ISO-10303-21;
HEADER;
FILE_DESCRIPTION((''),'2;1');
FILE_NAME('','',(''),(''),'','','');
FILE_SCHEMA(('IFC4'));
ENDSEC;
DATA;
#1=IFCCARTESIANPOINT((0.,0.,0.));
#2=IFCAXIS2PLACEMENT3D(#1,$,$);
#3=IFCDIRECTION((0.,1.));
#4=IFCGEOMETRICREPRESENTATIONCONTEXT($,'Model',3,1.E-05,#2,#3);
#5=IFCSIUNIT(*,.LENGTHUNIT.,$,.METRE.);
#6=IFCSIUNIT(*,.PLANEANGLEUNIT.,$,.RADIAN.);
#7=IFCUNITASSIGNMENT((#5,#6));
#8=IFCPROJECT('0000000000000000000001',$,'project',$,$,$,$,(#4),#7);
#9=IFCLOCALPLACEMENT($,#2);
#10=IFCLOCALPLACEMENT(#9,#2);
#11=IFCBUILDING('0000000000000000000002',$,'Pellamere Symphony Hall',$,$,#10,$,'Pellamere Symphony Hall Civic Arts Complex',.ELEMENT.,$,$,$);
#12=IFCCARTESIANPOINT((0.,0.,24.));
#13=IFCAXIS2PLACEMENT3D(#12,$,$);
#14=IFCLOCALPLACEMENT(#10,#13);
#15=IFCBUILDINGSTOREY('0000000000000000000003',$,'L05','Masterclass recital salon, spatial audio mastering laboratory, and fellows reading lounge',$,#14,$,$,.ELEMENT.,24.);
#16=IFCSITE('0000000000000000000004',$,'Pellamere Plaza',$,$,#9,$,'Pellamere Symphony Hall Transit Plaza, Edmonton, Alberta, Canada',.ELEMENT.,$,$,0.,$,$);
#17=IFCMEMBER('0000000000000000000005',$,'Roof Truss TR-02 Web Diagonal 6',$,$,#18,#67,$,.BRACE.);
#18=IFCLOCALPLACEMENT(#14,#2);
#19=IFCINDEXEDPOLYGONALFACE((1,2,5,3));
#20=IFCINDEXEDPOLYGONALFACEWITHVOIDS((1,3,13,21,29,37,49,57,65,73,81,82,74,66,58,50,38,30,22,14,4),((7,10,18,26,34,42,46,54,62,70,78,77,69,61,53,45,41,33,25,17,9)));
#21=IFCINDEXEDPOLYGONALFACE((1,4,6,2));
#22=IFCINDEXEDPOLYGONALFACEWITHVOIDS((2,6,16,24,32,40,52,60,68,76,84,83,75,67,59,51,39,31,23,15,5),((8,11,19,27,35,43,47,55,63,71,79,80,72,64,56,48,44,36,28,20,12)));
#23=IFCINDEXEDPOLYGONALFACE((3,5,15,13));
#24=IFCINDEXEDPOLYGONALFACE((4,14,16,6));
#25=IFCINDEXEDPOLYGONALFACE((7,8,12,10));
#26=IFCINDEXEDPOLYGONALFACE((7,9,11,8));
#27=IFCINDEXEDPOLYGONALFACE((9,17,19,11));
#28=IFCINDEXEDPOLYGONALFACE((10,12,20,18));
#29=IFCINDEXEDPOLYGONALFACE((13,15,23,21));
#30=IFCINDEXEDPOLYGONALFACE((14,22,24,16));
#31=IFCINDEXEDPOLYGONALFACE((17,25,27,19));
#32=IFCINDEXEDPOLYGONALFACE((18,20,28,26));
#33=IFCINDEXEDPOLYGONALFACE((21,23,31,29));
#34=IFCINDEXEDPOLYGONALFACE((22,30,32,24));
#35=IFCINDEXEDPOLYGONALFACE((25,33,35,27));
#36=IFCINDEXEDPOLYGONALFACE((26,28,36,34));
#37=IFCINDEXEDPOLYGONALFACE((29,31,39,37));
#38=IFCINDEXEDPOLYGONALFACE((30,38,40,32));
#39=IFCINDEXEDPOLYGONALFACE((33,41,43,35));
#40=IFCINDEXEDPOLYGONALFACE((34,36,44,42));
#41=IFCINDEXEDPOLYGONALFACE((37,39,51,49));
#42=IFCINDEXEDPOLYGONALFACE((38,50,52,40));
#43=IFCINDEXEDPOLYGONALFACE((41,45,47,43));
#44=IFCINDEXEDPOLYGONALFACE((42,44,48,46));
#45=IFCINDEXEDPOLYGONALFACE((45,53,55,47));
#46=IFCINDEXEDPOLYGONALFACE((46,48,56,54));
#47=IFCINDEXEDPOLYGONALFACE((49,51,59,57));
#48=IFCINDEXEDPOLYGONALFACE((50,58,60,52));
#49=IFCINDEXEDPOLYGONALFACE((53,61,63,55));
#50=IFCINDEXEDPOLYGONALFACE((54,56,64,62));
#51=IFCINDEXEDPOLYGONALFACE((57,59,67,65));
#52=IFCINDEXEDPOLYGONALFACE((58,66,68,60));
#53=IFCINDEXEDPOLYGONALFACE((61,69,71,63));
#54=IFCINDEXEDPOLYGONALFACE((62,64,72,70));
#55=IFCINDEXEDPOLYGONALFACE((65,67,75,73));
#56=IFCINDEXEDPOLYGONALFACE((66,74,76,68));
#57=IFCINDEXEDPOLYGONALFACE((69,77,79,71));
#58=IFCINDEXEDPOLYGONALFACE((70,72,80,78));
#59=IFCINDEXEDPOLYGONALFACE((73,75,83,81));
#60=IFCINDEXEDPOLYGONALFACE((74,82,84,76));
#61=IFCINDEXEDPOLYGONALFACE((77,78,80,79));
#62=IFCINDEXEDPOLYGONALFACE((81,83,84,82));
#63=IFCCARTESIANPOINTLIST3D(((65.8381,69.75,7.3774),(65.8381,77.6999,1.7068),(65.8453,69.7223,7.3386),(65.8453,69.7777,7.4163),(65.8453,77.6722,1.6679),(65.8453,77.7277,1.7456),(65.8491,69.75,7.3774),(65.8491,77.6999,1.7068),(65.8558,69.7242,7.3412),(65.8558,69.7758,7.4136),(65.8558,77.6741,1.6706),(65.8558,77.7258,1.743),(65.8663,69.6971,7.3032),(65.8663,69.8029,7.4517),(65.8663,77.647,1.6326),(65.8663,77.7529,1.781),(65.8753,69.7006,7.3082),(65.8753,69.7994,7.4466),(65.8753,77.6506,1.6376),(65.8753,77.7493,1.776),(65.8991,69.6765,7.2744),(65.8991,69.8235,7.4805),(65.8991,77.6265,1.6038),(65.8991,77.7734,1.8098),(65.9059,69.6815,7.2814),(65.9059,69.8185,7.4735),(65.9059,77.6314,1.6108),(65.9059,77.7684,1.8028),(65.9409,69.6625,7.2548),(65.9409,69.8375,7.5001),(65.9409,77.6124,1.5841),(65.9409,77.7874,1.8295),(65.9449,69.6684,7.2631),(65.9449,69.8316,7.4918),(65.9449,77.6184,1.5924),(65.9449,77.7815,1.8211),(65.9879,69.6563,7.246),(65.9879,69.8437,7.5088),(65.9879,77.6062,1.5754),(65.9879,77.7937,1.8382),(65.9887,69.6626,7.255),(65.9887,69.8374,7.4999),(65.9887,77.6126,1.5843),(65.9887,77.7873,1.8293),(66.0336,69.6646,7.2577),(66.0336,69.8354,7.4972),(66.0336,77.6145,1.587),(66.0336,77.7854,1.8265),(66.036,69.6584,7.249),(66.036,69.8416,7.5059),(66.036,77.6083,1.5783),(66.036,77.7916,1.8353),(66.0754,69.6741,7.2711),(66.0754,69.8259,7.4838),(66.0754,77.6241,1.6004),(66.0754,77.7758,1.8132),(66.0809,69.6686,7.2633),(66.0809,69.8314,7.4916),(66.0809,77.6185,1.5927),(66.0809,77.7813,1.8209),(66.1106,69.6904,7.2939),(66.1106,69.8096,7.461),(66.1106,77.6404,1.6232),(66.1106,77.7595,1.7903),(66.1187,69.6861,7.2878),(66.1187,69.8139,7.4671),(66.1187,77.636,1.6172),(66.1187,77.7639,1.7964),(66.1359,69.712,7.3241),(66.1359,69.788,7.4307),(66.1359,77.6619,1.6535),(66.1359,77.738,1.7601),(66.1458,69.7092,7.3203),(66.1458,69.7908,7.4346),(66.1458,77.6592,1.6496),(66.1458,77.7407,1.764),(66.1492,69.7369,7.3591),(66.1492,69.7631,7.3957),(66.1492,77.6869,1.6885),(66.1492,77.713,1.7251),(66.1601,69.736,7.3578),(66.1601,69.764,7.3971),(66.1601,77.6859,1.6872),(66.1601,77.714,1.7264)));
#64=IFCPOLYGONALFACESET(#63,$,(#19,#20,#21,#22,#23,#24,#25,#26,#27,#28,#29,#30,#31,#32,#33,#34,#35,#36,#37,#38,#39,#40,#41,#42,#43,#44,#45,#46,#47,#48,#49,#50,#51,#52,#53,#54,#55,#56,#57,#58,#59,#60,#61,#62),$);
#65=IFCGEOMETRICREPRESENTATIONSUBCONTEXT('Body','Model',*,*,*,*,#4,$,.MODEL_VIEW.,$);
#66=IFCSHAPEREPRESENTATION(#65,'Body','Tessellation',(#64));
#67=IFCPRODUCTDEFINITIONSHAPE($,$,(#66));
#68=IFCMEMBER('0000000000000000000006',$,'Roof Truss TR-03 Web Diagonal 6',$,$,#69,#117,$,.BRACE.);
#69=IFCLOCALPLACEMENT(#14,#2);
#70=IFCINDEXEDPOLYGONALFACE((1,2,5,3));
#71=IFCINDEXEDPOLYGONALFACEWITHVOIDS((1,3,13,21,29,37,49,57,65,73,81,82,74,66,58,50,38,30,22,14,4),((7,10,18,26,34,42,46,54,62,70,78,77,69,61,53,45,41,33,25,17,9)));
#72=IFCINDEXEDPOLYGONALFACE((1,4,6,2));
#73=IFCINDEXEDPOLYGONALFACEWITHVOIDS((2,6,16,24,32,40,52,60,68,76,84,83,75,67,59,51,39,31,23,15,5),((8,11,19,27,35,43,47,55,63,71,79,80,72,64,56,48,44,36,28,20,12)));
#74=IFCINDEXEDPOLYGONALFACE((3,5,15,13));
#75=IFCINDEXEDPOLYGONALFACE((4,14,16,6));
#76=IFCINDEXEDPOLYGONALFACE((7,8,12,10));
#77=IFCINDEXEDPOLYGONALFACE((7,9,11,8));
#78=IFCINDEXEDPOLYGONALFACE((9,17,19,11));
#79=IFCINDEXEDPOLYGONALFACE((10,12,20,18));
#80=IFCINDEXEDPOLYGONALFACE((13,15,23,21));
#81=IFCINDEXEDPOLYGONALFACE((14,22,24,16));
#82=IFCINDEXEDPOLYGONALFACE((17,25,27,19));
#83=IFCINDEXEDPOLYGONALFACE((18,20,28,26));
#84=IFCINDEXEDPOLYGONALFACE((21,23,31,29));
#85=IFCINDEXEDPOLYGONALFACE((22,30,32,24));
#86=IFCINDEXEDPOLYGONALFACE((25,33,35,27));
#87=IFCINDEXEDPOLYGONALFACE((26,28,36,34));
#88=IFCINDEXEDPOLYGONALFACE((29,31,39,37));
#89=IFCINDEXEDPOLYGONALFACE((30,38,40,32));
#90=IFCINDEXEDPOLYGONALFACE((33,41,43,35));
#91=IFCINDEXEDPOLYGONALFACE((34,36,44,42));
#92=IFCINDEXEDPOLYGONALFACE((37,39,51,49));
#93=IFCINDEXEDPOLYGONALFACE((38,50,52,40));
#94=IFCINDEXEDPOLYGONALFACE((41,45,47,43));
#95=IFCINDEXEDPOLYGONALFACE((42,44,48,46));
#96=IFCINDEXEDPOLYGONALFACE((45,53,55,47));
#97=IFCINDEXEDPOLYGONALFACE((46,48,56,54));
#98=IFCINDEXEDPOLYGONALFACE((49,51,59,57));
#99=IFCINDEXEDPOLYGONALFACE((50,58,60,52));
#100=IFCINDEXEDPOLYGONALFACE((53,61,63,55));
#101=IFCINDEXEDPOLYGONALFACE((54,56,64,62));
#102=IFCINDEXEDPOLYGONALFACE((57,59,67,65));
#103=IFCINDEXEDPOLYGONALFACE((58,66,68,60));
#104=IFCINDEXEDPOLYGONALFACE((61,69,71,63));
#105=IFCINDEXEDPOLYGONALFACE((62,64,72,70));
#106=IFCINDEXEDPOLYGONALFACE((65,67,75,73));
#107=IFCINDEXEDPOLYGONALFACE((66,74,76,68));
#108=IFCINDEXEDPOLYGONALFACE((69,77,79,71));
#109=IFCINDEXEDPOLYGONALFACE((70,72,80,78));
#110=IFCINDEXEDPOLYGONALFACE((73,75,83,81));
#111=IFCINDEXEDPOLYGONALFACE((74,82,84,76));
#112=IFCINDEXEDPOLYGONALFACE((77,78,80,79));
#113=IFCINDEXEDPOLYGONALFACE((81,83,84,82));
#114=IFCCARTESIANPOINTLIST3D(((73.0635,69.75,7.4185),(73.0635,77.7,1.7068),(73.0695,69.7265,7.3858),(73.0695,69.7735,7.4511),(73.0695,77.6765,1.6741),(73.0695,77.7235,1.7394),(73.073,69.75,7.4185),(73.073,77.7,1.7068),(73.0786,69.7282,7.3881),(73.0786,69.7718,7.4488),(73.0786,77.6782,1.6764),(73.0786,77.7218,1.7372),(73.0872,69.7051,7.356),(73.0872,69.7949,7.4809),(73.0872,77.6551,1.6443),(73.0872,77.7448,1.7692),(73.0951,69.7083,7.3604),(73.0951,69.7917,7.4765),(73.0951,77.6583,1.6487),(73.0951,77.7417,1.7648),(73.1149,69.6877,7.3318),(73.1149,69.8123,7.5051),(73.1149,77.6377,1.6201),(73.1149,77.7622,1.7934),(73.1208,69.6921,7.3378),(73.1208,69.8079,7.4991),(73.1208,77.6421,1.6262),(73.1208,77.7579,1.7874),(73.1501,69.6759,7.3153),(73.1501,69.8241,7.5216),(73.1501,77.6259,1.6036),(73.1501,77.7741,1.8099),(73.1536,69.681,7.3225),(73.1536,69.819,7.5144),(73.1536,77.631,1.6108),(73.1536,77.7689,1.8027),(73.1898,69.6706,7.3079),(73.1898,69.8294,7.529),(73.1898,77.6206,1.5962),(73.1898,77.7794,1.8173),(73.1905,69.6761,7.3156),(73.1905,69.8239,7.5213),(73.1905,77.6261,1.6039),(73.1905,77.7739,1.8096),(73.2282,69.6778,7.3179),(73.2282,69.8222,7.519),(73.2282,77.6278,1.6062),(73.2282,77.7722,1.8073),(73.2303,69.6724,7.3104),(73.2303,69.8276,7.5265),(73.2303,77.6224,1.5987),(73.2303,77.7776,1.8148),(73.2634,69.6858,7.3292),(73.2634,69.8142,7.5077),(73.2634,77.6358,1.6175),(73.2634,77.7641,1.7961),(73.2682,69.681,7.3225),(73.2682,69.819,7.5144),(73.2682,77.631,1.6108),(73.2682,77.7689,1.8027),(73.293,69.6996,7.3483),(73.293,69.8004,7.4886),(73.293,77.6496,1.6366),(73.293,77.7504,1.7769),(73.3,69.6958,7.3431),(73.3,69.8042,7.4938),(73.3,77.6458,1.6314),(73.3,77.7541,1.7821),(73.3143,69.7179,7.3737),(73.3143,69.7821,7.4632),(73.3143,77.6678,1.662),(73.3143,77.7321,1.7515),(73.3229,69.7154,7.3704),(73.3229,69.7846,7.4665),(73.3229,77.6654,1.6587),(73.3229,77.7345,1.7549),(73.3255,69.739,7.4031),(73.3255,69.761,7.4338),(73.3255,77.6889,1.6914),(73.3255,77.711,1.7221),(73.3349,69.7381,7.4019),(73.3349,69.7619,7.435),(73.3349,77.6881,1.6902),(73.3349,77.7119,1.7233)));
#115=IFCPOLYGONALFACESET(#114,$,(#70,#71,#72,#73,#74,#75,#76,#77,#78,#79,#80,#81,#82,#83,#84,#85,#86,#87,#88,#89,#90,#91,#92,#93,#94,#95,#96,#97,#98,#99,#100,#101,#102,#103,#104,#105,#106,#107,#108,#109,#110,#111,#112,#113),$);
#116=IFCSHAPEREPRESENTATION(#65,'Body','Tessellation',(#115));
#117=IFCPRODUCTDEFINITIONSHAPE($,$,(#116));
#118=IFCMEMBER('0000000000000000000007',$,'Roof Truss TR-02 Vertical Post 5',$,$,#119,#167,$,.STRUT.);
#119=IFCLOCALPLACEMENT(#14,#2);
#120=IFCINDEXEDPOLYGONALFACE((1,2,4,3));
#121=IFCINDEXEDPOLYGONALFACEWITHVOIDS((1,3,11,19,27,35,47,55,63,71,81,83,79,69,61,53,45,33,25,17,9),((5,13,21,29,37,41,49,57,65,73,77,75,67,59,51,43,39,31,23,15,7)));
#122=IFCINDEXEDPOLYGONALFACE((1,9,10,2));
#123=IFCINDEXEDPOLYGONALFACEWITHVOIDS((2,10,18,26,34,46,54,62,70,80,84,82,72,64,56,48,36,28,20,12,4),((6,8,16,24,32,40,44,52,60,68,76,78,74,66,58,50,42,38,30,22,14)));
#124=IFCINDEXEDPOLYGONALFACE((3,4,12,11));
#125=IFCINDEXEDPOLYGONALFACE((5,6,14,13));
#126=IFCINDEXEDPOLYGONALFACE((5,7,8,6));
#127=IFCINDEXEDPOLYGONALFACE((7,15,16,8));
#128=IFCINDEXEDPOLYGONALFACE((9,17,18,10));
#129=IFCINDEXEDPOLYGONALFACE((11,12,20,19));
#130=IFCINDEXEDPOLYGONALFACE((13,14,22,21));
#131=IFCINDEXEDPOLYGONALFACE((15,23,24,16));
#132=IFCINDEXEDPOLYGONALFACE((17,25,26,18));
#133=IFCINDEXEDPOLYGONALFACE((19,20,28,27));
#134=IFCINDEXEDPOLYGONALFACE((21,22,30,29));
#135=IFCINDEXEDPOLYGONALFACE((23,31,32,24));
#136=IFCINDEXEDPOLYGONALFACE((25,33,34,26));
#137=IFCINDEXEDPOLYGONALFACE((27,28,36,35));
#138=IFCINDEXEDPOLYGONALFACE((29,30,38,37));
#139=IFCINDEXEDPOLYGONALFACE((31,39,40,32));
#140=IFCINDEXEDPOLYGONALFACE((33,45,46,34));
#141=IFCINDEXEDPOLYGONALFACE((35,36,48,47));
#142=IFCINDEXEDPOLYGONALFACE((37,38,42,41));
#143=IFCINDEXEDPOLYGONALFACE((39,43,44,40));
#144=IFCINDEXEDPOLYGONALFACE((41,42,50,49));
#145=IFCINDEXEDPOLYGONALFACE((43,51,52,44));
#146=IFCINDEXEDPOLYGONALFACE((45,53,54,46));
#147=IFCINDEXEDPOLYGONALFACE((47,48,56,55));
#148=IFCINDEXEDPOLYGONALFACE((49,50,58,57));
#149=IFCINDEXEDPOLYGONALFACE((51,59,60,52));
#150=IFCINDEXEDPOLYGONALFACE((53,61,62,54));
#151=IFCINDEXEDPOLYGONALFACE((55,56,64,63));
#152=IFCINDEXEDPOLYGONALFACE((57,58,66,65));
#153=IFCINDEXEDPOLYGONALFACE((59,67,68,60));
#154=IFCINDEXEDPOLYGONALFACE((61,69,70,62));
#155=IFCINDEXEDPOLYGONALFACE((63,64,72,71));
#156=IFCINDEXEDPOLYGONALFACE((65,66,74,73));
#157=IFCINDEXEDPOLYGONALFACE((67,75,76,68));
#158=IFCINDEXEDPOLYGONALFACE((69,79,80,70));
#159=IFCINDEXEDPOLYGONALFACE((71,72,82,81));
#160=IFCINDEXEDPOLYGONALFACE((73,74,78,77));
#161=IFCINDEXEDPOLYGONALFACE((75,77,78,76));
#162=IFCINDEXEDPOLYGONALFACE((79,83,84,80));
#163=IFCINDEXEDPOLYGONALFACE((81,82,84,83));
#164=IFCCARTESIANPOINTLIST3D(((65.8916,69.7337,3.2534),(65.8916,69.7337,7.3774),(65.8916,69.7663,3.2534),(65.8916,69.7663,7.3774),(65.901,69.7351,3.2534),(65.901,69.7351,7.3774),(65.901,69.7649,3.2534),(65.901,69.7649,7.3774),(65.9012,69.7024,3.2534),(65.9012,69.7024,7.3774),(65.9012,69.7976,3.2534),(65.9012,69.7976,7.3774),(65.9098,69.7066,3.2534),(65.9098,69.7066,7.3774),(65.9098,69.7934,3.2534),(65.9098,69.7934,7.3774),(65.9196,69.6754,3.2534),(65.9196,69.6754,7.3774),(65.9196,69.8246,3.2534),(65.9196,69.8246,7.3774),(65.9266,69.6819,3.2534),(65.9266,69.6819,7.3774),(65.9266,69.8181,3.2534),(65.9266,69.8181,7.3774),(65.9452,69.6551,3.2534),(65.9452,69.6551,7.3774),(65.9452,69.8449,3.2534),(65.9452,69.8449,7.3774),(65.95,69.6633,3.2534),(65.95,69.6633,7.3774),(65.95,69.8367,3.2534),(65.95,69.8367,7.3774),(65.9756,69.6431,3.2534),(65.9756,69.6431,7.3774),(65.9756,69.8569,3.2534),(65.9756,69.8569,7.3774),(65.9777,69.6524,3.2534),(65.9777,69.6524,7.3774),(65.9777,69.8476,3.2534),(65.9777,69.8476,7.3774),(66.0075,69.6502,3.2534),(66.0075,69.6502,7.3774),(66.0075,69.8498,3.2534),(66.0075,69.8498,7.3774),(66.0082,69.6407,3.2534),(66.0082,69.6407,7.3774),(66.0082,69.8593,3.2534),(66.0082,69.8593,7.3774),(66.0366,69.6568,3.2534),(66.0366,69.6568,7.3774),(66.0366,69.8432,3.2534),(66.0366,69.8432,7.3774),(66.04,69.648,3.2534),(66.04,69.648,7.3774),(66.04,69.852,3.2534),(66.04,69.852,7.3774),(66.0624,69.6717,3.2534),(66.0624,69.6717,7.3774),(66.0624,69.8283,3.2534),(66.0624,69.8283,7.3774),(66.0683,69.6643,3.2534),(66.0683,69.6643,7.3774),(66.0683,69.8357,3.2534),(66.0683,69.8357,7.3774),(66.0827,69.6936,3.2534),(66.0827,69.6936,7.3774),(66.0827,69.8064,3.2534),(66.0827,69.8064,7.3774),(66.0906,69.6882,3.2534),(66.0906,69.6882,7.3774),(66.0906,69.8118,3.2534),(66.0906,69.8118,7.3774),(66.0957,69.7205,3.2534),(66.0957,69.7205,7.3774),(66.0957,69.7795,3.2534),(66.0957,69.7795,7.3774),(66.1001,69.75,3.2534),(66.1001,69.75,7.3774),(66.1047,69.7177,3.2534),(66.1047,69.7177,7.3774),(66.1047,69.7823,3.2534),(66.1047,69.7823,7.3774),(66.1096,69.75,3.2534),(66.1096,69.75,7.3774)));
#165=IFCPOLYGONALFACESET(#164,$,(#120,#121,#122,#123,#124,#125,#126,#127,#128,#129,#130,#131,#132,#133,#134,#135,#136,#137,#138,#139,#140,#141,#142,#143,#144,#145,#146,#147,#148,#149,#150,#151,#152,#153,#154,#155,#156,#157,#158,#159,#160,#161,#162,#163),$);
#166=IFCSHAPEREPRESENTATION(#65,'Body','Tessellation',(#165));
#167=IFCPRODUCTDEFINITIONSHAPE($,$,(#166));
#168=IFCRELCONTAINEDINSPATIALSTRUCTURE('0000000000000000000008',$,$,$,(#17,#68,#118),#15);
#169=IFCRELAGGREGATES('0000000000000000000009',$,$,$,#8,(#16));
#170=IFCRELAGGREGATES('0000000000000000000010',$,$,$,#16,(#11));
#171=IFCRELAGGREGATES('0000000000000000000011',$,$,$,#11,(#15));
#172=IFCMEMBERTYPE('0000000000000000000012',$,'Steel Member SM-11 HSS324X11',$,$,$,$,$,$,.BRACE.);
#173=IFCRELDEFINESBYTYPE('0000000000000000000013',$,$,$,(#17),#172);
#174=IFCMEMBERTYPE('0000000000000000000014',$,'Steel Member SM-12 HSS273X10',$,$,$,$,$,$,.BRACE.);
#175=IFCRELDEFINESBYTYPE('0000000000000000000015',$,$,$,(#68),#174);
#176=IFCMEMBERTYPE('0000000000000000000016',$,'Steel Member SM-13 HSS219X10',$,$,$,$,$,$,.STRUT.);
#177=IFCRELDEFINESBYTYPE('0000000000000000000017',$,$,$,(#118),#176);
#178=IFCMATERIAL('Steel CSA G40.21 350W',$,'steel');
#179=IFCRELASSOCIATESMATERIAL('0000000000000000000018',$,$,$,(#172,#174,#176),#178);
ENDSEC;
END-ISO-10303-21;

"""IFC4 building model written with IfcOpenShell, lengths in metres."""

from ifc_helpers import new_model, si_unit, direction, frame, origin, origin_2d, place, context, subcontext, project, spatial, hollow_circle, extrude, material, material_profile, profile_set, type_object, element, save


model = new_model("IFC4")

# Units and contexts
model_context = context("Model", 3, precision=1e-05, world=origin(), true_north=direction((0.0, 1.0)))
body_context = subcontext(model_context, "Body", "Model", "MODEL_VIEW")
ifc_project = project(units=[si_unit("LENGTHUNIT", "METRE"), si_unit("PLANEANGLEUNIT", "RADIAN")], contexts=[model_context])

# Site, building, storey
site_placement = place(None, origin())
site = spatial("IfcSite", under=ifc_project, at=site_placement, Name="Pellamere Plaza", LongName="Pellamere Symphony Hall Transit Plaza, Edmonton, Alberta, Canada", CompositionType="ELEMENT", RefElevation=0.0)
building_placement = place(site_placement, origin())
building = spatial("IfcBuilding", under=site, at=building_placement, Name="Pellamere Symphony Hall", LongName="Pellamere Symphony Hall Civic Arts Complex", CompositionType="ELEMENT")
storey_placement = place(building_placement, frame((0.0, 0.0, 24.0)))
storey = spatial("IfcBuildingStorey", under=building, at=storey_placement, Name="L05", Description="Masterclass recital salon, spatial audio mastering laboratory, and fellows reading lounge", CompositionType="ELEMENT", Elevation=24.0)

# Shared definitions
ifc_material_1 = material(Name="Steel CSA G40.21 350W", Category="steel")

# Members
ifc_material_profile_1 = material_profile(ifc_material_1, hollow_circle(Radius=0.1619, WallThickness=0.011, at=origin_2d()), Name="HSS324X11")
ifc_profile_set_1 = profile_set([ifc_material_profile_1], Name="Steel CSA G40.21 350W")
member_type_1 = type_object("IfcMemberType", Name="Steel Member SM-11 HSS324X11", PredefinedType="BRACE", material=ifc_profile_set_1)
member_1_placement = place(storey_placement, frame((66.0, 69.75, 7.3774), z_axis=(0.0, 0.814115, -0.580704), x_axis=(-1.0, 0.0, 0.0)))
element("IfcMember", 1, at=member_1_placement, inside=storey, type_object=member_type_1, Name="Roof Truss TR-02 Web Diagonal 6", PredefinedType="BRACE", context=body_context, shape_type="SweptSolid", body=[
    extrude(hollow_circle(Radius=0.1619, WallThickness=0.011, at=origin_2d()), origin(), (0.0, 0.0, 1.0), 9.7651),
])
ifc_material_profile_2 = material_profile(ifc_material_1, hollow_circle(Radius=0.1365, WallThickness=0.0095, at=origin_2d()), Name="HSS273X10")
ifc_profile_set_2 = profile_set([ifc_material_profile_2], Name="Steel CSA G40.21 350W")
member_type_2 = type_object("IfcMemberType", Name="Steel Member SM-12 HSS273X10", PredefinedType="BRACE", material=ifc_profile_set_2)
member_2_placement = place(storey_placement, frame((73.2, 69.75, 7.4185), z_axis=(0.0, 0.812129, -0.583477), x_axis=(-1.0, 0.0, 0.0)))
element("IfcMember", 2, at=member_2_placement, inside=storey, type_object=member_type_2, Name="Roof Truss TR-03 Web Diagonal 6", PredefinedType="BRACE", context=body_context, shape_type="SweptSolid", body=[
    extrude(hollow_circle(Radius=0.1365, WallThickness=0.0095, at=origin_2d()), origin(), (0.0, 0.0, 1.0), 9.7891),
])
ifc_material_profile_3 = material_profile(ifc_material_1, hollow_circle(Radius=0.1096, WallThickness=0.0095, at=origin_2d()), Name="HSS219X10")
ifc_profile_set_3 = profile_set([ifc_material_profile_3], Name="Steel CSA G40.21 350W")
member_type_3 = type_object("IfcMemberType", Name="Steel Member SM-13 HSS219X10", PredefinedType="STRUT", material=ifc_profile_set_3)
member_3_placement = place(storey_placement, frame((66.0, 69.75, 3.2534), z_axis=(0.0, 0.0, 1.0), x_axis=(1.0, 0.0, 0.0)))
element("IfcMember", 3, at=member_3_placement, inside=storey, type_object=member_type_3, Name="Roof Truss TR-02 Vertical Post 5", PredefinedType="STRUT", context=body_context, shape_type="SweptSolid", body=[
    extrude(hollow_circle(Radius=0.1096, WallThickness=0.0095, at=origin_2d()), origin(), (0.0, 0.0, 1.0), 4.124),
])

save(model, "model.ifc")
